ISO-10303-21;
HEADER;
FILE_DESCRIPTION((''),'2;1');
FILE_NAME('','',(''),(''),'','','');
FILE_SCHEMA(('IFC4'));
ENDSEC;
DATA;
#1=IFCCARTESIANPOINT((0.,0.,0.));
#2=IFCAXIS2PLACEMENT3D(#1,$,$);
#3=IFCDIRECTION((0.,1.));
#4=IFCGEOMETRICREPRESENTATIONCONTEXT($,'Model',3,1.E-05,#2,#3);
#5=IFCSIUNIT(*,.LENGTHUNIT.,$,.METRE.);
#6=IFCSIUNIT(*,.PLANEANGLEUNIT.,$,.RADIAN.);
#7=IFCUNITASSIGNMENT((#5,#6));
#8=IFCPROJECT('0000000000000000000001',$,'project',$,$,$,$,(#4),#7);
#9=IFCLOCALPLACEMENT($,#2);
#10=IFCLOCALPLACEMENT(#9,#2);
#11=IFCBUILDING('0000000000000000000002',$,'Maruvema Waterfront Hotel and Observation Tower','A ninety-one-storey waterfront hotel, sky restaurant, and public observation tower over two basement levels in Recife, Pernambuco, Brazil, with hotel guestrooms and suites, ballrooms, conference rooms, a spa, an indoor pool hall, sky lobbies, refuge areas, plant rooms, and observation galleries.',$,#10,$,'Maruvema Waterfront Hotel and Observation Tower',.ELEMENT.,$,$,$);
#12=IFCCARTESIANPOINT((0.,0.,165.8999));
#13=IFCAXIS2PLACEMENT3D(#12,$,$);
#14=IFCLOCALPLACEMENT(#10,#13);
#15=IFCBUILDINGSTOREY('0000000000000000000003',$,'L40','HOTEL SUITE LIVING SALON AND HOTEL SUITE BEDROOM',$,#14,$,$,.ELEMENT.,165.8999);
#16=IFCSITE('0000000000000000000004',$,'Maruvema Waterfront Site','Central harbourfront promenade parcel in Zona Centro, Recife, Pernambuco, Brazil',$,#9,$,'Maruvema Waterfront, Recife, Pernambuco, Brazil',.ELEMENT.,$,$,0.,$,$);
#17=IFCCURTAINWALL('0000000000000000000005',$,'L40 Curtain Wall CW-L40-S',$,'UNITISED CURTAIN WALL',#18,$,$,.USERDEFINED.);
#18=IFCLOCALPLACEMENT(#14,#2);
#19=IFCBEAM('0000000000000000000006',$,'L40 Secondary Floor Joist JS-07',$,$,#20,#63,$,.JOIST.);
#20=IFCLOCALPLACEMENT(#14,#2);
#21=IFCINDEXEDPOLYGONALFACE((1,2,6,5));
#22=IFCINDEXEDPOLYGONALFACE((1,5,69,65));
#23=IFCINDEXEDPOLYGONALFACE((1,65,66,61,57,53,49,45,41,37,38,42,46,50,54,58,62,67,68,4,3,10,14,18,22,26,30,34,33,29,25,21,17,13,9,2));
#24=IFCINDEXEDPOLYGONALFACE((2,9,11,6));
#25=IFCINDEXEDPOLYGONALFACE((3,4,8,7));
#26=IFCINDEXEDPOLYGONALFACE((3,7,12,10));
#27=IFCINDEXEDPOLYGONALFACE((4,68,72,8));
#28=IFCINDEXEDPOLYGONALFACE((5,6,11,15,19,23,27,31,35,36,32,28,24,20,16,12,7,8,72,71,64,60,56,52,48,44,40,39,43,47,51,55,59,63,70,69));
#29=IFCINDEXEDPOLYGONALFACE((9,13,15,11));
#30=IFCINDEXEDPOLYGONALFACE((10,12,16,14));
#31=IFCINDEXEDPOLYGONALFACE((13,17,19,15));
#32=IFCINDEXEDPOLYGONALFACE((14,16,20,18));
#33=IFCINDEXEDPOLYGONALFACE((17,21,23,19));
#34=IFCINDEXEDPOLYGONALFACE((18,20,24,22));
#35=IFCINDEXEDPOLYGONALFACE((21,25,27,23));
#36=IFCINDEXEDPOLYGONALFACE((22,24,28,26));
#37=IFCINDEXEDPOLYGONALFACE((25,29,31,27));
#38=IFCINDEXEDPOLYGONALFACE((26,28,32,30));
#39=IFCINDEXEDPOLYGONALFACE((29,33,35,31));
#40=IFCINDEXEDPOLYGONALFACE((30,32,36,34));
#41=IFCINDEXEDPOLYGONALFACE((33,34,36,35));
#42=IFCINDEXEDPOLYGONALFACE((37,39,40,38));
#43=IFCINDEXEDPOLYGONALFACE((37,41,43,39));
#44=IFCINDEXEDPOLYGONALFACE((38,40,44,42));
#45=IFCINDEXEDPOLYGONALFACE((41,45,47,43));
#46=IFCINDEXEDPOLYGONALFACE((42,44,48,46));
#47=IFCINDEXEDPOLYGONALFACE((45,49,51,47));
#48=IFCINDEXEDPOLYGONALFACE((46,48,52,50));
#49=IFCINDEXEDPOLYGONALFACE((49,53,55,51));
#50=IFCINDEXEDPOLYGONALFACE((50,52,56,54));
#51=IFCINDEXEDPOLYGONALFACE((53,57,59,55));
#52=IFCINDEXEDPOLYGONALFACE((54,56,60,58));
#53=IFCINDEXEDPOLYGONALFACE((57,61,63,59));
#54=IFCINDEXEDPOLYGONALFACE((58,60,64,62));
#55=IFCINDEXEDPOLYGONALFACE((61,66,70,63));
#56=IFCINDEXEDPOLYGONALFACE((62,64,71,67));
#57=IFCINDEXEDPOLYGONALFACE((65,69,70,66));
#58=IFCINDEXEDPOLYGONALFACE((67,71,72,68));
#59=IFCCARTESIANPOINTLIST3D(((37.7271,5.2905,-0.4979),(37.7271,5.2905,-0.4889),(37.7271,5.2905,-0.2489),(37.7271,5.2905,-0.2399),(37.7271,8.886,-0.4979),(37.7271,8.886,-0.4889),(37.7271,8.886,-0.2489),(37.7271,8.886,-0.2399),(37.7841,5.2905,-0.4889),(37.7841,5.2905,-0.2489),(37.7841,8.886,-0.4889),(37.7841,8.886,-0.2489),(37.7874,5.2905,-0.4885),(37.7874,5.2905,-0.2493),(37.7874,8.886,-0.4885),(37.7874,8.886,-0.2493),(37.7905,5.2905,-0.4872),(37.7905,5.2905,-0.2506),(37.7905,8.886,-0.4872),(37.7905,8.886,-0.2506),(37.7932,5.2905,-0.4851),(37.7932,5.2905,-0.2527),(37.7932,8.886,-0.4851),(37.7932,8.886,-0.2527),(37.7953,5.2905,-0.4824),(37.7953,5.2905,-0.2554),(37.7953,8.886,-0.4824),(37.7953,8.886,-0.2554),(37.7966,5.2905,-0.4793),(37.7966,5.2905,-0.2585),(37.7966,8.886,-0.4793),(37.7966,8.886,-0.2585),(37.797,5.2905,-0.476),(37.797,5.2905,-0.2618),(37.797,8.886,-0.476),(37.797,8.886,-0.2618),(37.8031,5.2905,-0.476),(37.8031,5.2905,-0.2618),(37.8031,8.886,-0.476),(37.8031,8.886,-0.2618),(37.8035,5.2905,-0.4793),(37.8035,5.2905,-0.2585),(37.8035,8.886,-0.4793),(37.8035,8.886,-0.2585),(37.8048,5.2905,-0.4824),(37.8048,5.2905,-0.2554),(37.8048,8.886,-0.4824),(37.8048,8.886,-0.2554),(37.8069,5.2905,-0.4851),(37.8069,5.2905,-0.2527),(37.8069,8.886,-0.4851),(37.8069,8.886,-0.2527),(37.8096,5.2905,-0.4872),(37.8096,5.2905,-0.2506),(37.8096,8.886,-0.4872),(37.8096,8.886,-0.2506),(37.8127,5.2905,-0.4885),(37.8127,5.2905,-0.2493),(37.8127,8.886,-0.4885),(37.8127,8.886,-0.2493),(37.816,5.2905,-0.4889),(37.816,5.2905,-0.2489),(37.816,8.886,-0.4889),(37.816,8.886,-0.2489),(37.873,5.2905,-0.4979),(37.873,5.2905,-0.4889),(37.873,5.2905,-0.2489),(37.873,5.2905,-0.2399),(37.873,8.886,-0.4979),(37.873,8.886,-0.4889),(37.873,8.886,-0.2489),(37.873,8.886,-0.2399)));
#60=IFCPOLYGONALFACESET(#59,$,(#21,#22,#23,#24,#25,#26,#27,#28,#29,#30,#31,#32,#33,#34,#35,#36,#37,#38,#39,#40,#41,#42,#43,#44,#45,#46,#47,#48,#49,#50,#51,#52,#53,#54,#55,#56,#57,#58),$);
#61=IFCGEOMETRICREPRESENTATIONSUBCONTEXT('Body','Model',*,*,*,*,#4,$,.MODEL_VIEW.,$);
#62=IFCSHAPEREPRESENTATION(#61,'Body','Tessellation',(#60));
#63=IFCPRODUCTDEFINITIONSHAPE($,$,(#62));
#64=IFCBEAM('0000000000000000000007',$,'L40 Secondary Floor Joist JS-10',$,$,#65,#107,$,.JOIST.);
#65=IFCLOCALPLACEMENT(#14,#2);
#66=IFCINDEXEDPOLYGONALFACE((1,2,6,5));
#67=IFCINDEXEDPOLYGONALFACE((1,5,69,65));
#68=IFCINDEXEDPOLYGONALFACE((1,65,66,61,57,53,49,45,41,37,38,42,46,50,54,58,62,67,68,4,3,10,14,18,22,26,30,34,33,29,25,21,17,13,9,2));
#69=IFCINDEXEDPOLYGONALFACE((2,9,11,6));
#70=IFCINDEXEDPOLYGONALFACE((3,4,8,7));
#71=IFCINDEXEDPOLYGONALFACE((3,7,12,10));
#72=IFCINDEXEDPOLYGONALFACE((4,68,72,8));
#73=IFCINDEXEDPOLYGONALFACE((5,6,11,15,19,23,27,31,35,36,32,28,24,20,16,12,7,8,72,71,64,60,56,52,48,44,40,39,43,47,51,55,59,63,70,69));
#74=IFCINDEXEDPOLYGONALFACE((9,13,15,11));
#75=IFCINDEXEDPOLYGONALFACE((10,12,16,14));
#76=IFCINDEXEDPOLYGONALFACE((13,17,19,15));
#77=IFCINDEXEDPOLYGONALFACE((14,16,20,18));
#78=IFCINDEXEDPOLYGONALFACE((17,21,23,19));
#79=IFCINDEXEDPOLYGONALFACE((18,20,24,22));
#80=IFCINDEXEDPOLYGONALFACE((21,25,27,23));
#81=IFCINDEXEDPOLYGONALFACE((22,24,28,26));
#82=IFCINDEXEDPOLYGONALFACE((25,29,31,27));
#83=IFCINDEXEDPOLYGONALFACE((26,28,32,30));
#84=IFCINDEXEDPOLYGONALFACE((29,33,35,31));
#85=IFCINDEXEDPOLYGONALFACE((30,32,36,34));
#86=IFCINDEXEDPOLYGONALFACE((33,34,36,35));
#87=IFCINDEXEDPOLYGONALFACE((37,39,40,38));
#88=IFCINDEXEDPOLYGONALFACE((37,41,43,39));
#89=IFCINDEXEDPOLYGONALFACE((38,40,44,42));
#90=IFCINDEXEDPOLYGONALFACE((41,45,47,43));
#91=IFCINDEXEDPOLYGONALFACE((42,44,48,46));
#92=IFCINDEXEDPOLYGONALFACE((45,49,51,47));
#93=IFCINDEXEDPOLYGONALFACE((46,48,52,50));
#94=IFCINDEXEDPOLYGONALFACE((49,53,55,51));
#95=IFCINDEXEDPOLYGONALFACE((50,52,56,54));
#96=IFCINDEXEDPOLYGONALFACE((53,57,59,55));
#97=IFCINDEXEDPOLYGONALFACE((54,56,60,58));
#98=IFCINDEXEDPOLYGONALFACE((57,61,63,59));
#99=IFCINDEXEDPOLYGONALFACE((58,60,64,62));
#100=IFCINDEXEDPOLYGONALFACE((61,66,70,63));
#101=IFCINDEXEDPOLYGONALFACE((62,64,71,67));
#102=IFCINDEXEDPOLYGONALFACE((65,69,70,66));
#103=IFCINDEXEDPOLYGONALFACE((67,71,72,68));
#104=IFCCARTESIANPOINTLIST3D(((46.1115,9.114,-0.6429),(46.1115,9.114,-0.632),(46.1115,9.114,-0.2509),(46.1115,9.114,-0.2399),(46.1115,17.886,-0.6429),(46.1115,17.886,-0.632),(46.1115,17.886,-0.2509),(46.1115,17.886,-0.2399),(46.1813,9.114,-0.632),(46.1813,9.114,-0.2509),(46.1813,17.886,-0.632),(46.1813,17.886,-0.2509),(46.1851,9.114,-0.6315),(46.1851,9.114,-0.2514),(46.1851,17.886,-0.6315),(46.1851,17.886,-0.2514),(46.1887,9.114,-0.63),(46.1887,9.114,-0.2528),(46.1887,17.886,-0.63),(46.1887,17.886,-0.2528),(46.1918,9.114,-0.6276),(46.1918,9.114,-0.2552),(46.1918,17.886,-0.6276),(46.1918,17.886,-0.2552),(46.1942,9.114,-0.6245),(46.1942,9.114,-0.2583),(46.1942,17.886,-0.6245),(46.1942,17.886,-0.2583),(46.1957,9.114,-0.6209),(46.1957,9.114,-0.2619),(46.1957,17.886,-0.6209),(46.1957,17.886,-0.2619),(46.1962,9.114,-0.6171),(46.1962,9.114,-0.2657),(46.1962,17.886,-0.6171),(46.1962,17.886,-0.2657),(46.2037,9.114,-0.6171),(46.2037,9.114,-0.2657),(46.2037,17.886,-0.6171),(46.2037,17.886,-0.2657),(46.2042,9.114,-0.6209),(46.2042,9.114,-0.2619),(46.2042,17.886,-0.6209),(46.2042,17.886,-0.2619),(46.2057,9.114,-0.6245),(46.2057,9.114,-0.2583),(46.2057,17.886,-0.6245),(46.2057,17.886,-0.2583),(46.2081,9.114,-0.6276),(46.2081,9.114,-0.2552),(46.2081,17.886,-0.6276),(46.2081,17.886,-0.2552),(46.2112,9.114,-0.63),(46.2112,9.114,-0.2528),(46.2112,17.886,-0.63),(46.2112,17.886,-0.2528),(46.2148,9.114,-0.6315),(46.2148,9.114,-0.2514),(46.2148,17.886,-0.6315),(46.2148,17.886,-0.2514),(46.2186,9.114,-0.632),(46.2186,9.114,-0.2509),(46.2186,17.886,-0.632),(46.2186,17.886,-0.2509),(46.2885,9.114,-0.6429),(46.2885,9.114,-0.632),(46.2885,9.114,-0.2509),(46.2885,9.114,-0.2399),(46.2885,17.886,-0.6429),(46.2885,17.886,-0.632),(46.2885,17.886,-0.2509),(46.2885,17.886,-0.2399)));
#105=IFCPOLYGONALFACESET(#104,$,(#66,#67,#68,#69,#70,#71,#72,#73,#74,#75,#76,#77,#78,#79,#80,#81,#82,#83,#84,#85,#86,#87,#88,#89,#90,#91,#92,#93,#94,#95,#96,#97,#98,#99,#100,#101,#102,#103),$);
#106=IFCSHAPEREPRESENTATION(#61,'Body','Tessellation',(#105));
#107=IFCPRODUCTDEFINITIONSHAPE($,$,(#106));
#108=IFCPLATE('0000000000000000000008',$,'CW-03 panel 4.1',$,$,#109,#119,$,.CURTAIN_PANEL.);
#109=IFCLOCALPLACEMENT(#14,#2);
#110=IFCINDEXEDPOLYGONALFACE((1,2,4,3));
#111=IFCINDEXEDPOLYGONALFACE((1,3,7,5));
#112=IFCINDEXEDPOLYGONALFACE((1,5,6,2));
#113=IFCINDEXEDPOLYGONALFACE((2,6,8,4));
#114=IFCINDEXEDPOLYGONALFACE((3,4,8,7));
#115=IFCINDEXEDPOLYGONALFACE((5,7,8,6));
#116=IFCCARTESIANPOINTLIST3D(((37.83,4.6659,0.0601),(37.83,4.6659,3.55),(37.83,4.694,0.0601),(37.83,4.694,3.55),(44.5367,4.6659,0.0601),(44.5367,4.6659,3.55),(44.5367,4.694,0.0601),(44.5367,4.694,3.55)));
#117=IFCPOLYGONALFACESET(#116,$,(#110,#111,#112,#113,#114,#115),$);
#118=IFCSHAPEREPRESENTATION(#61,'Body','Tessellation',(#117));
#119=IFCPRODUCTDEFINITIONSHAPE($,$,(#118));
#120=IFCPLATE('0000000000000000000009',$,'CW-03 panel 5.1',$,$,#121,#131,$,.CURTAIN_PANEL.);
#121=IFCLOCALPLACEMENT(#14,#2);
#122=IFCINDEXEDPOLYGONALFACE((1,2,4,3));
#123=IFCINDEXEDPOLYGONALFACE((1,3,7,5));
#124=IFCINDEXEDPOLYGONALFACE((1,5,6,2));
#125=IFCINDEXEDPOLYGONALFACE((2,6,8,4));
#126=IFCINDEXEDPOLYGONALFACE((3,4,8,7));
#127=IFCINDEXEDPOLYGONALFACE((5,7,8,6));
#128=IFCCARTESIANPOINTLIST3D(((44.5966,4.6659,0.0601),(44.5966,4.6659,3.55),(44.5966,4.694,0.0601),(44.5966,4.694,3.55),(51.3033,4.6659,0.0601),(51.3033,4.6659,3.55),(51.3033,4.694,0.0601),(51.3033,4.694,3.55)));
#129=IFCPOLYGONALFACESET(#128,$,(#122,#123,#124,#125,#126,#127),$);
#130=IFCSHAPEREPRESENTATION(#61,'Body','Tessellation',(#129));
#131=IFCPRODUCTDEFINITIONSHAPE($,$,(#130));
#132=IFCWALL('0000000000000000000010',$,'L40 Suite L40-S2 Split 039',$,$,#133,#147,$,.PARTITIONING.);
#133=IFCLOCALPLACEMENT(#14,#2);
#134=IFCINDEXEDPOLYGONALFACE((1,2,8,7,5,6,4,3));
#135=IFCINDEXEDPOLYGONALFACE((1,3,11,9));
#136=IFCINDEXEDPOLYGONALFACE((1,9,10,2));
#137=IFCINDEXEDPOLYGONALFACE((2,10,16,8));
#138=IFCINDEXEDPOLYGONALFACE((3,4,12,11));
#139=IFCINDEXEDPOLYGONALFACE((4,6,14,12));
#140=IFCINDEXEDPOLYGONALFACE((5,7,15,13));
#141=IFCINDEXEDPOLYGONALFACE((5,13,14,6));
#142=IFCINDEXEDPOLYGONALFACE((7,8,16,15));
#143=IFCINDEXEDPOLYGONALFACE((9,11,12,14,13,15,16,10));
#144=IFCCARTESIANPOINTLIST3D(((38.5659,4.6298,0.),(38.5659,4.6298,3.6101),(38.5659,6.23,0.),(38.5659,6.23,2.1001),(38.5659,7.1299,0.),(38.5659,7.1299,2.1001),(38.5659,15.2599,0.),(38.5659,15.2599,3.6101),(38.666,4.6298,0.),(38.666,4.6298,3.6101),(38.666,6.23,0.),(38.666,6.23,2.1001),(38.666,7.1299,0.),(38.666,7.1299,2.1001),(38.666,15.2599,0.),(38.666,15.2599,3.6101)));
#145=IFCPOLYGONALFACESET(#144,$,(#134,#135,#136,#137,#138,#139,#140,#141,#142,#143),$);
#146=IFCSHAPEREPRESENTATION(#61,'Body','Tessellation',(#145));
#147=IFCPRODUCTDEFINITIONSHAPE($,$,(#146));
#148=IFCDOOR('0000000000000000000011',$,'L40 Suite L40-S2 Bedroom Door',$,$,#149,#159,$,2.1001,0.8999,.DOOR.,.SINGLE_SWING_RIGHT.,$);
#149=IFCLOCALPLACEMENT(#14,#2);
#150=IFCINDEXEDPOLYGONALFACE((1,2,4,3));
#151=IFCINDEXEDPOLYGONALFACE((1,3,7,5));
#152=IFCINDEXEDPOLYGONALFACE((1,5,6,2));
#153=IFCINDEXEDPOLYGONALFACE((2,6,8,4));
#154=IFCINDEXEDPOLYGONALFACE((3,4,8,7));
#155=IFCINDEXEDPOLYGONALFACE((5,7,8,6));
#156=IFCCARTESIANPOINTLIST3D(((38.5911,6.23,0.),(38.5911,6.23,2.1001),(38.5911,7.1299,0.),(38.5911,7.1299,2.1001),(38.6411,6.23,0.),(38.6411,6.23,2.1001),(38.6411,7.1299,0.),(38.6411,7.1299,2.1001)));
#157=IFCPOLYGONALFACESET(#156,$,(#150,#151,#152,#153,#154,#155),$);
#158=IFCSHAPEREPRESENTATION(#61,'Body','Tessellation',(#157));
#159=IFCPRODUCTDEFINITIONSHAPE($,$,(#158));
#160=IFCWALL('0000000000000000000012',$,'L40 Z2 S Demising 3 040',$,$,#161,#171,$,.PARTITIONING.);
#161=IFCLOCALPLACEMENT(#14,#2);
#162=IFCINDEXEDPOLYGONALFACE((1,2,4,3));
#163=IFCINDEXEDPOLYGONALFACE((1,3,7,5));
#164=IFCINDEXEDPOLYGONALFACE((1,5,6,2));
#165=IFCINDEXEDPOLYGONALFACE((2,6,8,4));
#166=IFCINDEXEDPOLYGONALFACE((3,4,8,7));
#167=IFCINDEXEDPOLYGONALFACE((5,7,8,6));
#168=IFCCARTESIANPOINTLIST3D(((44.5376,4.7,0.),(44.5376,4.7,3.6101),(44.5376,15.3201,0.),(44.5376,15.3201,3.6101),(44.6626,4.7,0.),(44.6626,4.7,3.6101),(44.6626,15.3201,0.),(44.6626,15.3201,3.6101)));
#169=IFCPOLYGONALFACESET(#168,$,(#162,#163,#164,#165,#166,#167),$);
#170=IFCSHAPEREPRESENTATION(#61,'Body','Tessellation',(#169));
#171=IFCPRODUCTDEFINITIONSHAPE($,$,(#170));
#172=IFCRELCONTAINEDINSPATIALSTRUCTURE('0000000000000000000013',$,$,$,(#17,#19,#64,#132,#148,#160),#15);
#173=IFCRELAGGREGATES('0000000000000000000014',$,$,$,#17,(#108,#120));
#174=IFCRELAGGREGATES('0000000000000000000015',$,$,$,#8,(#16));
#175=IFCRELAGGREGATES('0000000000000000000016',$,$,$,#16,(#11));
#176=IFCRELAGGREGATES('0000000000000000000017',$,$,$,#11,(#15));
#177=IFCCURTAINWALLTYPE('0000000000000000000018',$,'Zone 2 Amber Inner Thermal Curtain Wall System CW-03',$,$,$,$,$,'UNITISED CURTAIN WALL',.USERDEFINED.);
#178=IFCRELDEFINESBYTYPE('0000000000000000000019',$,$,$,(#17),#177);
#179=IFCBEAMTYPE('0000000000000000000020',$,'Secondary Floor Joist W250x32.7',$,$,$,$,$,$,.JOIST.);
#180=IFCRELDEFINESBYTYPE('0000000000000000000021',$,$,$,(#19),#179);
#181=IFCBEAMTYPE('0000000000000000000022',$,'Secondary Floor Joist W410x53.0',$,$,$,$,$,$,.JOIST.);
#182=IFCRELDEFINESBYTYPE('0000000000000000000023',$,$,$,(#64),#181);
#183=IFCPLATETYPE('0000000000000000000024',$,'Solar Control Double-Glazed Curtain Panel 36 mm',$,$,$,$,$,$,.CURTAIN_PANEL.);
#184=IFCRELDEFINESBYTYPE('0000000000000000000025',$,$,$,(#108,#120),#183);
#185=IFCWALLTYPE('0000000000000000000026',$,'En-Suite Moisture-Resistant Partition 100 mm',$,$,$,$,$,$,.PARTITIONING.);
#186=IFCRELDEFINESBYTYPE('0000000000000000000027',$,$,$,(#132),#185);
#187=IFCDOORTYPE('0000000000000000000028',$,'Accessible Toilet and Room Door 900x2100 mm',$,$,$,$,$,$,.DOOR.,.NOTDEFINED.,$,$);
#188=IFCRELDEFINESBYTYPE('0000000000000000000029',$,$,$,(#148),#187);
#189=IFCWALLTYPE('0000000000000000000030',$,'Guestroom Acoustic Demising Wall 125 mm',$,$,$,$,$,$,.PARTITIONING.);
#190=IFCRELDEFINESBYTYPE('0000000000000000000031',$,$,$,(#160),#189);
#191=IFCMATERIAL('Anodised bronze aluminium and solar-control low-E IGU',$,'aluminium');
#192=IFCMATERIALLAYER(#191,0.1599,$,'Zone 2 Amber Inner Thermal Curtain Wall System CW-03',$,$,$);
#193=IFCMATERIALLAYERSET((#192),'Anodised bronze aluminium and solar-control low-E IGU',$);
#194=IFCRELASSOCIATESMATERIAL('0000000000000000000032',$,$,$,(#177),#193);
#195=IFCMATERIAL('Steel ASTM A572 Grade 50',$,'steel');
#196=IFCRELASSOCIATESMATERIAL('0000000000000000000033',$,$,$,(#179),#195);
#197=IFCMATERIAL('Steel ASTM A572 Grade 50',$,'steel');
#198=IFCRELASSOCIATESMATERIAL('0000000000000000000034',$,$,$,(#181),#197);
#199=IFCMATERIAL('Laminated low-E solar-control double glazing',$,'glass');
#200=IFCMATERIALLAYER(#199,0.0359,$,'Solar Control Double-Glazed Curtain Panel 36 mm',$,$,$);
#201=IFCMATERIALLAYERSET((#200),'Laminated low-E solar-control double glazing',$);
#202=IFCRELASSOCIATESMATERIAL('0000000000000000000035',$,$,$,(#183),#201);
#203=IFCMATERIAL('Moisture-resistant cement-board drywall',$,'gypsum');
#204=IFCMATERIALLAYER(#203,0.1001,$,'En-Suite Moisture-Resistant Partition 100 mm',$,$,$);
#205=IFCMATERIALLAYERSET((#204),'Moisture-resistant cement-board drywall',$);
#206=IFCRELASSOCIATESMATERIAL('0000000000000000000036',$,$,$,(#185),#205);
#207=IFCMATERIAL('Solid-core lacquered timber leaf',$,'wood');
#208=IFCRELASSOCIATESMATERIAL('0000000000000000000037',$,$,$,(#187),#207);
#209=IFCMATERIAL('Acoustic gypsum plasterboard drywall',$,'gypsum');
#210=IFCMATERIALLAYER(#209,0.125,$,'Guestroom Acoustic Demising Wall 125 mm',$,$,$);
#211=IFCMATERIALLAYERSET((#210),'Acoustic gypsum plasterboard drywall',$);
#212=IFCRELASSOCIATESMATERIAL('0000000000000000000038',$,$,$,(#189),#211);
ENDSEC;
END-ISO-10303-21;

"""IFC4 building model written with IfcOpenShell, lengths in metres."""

from ifc_helpers import new_model, si_unit, direction, frame, frame_2d, origin, origin_2d, place, context, subcontext, project, spatial, rectangle, i_section, extrude, material, layer, layer_set, material_profile, profile_set, type_object, element, fill, aggregate, save


model = new_model("IFC4")

# Units and contexts
model_context = context("Model", 3, precision=1e-05, world=origin(), true_north=direction((0.0, 1.0)))
body_context = subcontext(model_context, "Body", "Model", "MODEL_VIEW")
ifc_project = project(units=[si_unit("LENGTHUNIT", "METRE"), si_unit("PLANEANGLEUNIT", "RADIAN")], contexts=[model_context])

# Site, building, storey
site_placement = place(None, origin())
site = spatial("IfcSite", under=ifc_project, at=site_placement, Name="Maruvema Waterfront Site", Description="Central harbourfront promenade parcel in Zona Centro, Recife, Pernambuco, Brazil", LongName="Maruvema Waterfront, Recife, Pernambuco, Brazil", CompositionType="ELEMENT", RefElevation=0.0)
building_placement = place(site_placement, origin())
building = spatial("IfcBuilding", under=site, at=building_placement, Name="Maruvema Waterfront Hotel and Observation Tower", Description="A ninety-one-storey waterfront hotel, sky restaurant, and public observation tower over two basement levels in Recife, Pernambuco, Brazil, with hotel guestrooms and suites, ballrooms, conference rooms, a spa, an indoor pool hall, sky lobbies, refuge areas, plant rooms, and observation galleries.", LongName="Maruvema Waterfront Hotel and Observation Tower", CompositionType="ELEMENT")
storey_placement = place(building_placement, frame((0.0, 0.0, 165.8999)))
storey = spatial("IfcBuildingStorey", under=building, at=storey_placement, Name="L40", Description="HOTEL SUITE LIVING SALON AND HOTEL SUITE BEDROOM", CompositionType="ELEMENT", Elevation=165.8999)

# Curtain wall
ifc_material_1 = material(Name="Anodised bronze aluminium and solar-control low-E IGU", Category="aluminium")
ifc_layer_1 = layer(ifc_material_1, 0.1599, Name="Zone 2 Amber Inner Thermal Curtain Wall System CW-03")
ifc_layer_set_1 = layer_set([ifc_layer_1], Name="Anodised bronze aluminium and solar-control low-E IGU")
curtain_wall_type = type_object("IfcCurtainWallType", Name="Zone 2 Amber Inner Thermal Curtain Wall System CW-03", ElementType="UNITISED CURTAIN WALL", PredefinedType="USERDEFINED", material=ifc_layer_set_1)
curtain_wall_placement = place(storey_placement, origin())
curtain_wall = element("IfcCurtainWall", 1, at=curtain_wall_placement, inside=storey, type_object=curtain_wall_type, Name="L40 Curtain Wall CW-L40-S", ObjectType="UNITISED CURTAIN WALL", PredefinedType="USERDEFINED")

# Beams
ifc_material_2 = material(Name="Steel ASTM A572 Grade 50", Category="steel")
ifc_material_profile_1 = material_profile(ifc_material_2, i_section(OverallWidth=0.146, OverallDepth=0.2581, WebThickness=0.0061, FlangeThickness=0.009, FilletRadius=0.0129, at=origin_2d()), Name="W250x32.7")
ifc_profile_set_1 = profile_set([ifc_material_profile_1], Name="Steel ASTM A572 Grade 50")
beam_type_1 = type_object("IfcBeamType", Name="Secondary Floor Joist W250x32.7", PredefinedType="JOIST", material=ifc_profile_set_1)
beam_1_placement = place(storey_placement, frame((37.8, 5.2905, -0.3689), z_axis=(0.0, 1.0, 0.0), x_axis=(-1.0, 0.0, 0.0)))
element("IfcBeam", 2, at=beam_1_placement, inside=storey, type_object=beam_type_1, Name="L40 Secondary Floor Joist JS-07", PredefinedType="JOIST", context=body_context, shape_type="SweptSolid", body=[
    extrude(i_section(OverallWidth=0.146, OverallDepth=0.2581, WebThickness=0.0061, FlangeThickness=0.009, FilletRadius=0.0129, at=origin_2d()), origin(), (0.0, 0.0, 1.0), 3.5955),
])
ifc_material_3 = material(Name="Steel ASTM A572 Grade 50", Category="steel")
ifc_material_profile_2 = material_profile(ifc_material_3, i_section(OverallWidth=0.177, OverallDepth=0.4031, WebThickness=0.0076, FlangeThickness=0.011, FilletRadius=0.0149, at=origin_2d()), Name="W410x53.0")
ifc_profile_set_2 = profile_set([ifc_material_profile_2], Name="Steel ASTM A572 Grade 50")
beam_type_2 = type_object("IfcBeamType", Name="Secondary Floor Joist W410x53.0", PredefinedType="JOIST", material=ifc_profile_set_2)
beam_2_placement = place(storey_placement, frame((46.2, 9.114, -0.4414), z_axis=(0.0, 1.0, 0.0), x_axis=(-1.0, 0.0, 0.0)))
element("IfcBeam", 3, at=beam_2_placement, inside=storey, type_object=beam_type_2, Name="L40 Secondary Floor Joist JS-10", PredefinedType="JOIST", context=body_context, shape_type="SweptSolid", body=[
    extrude(i_section(OverallWidth=0.177, OverallDepth=0.4031, WebThickness=0.0076, FlangeThickness=0.011, FilletRadius=0.0149, at=origin_2d()), origin(), (0.0, 0.0, 1.0), 8.772),
])

# Plates
ifc_material_4 = material(Name="Laminated low-E solar-control double glazing", Category="glass")
ifc_layer_2 = layer(ifc_material_4, 0.0359, Name="Solar Control Double-Glazed Curtain Panel 36 mm")
ifc_layer_set_2 = layer_set([ifc_layer_2], Name="Laminated low-E solar-control double glazing")
plate_type = type_object("IfcPlateType", Name="Solar Control Double-Glazed Curtain Panel 36 mm", PredefinedType="CURTAIN_PANEL", material=ifc_layer_set_2)
plate_1_placement = place(storey_placement, frame((41.1833, 4.6799, 0.0601), z_axis=(0.0, 0.0, 1.0), x_axis=(1.0, 0.0, 0.0)))
plate_1 = element("IfcPlate", 4, at=plate_1_placement, type_object=plate_type, Name="CW-03 panel 4.1", PredefinedType="CURTAIN_PANEL", context=body_context, shape_type="SweptSolid", body=[
    extrude(rectangle(XDim=6.7068, YDim=0.0281, at=origin_2d()), origin(), (0.0, 0.0, 1.0), 3.49),
])
plate_2_placement = place(storey_placement, frame((47.95, 4.6799, 0.0601), z_axis=(0.0, 0.0, 1.0), x_axis=(1.0, 0.0, 0.0)))
plate_2 = element("IfcPlate", 5, at=plate_2_placement, type_object=plate_type, Name="CW-03 panel 5.1", PredefinedType="CURTAIN_PANEL", context=body_context, shape_type="SweptSolid", body=[
    extrude(rectangle(XDim=6.7068, YDim=0.0281, at=origin_2d()), origin(), (0.0, 0.0, 1.0), 3.49),
])
aggregate(curtain_wall, [plate_1, plate_2])

# Wall, opening, door
ifc_material_5 = material(Name="Moisture-resistant cement-board drywall", Category="gypsum")
ifc_layer_3 = layer(ifc_material_5, 0.1001, Name="En-Suite Moisture-Resistant Partition 100 mm")
ifc_layer_set_3 = layer_set([ifc_layer_3], Name="Moisture-resistant cement-board drywall")
wall_type_1 = type_object("IfcWallType", Name="En-Suite Moisture-Resistant Partition 100 mm", PredefinedType="PARTITIONING", material=ifc_layer_set_3)
wall_1_placement = place(storey_placement, frame((38.616, 4.6299, 0.0), z_axis=(0.0, 0.0, 1.0), x_axis=(0.0, 1.0, 0.0)))
wall_1 = element("IfcWall", 6, at=wall_1_placement, inside=storey, type_object=wall_type_1, Name="L40 Suite L40-S2 Split 039", PredefinedType="PARTITIONING", context=body_context, shape_type="SweptSolid", body=[
    extrude(rectangle(XDim=10.6301, YDim=0.1001, at=frame_2d((5.3149, 0.0))), origin(), (0.0, 0.0, 1.0), 3.6101),
])
opening_placement = place(wall_1_placement, frame((1.6001, 0.0, 0.0)))
opening = element("IfcOpeningElement", 7, at=opening_placement, cuts=wall_1, PredefinedType="OPENING", context=body_context, shape_type="SweptSolid", body=[
    extrude(rectangle(XDim=0.8999, YDim=2.1001, at=frame_2d((0.45, 1.05))), frame((0.0, 0.0601, 0.0), z_axis=(0.0, -1.0, 0.0), x_axis=(1.0, 0.0, 0.0)), (0.0, 0.0, 1.0), 0.1201),
])
ifc_material_6 = material(Name="Solid-core lacquered timber leaf", Category="wood")
door_type = type_object("IfcDoorType", Name="Accessible Toilet and Room Door 900x2100 mm", OperationType="NOTDEFINED", PredefinedType="DOOR", material=ifc_material_6)
door_placement = place(opening_placement, origin())
door = element("IfcDoor", 8, at=door_placement, inside=storey, type_object=door_type, Name="L40 Suite L40-S2 Bedroom Door", OperationType="SINGLE_SWING_RIGHT", OverallHeight=2.1001, OverallWidth=0.8999, PredefinedType="DOOR", context=body_context, shape_type="SweptSolid", body=[
    extrude(rectangle(XDim=0.8999, YDim=2.1001, at=frame_2d((0.45, 1.05))), frame((0.0, 0.0249, 0.0), z_axis=(0.0, -1.0, 0.0), x_axis=(1.0, 0.0, 0.0)), (0.0, 0.0, 1.0), 0.05),
])
fill(opening, door)

# Wall
ifc_material_7 = material(Name="Acoustic gypsum plasterboard drywall", Category="gypsum")
ifc_layer_4 = layer(ifc_material_7, 0.125, Name="Guestroom Acoustic Demising Wall 125 mm")
ifc_layer_set_4 = layer_set([ifc_layer_4], Name="Acoustic gypsum plasterboard drywall")
wall_type_2 = type_object("IfcWallType", Name="Guestroom Acoustic Demising Wall 125 mm", PredefinedType="PARTITIONING", material=ifc_layer_set_4)
wall_2_placement = place(storey_placement, frame((44.6001, 4.7, 0.0), z_axis=(0.0, 0.0, 1.0), x_axis=(0.0, 1.0, 0.0)))
element("IfcWall", 9, at=wall_2_placement, inside=storey, type_object=wall_type_2, Name="L40 Z2 S Demising 3 040", PredefinedType="PARTITIONING", context=body_context, shape_type="SweptSolid", body=[
    extrude(rectangle(XDim=10.6201, YDim=0.125, at=frame_2d((5.3101, 0.0))), origin(), (0.0, 0.0, 1.0), 3.6101),
])

save(model, "model.ifc")
